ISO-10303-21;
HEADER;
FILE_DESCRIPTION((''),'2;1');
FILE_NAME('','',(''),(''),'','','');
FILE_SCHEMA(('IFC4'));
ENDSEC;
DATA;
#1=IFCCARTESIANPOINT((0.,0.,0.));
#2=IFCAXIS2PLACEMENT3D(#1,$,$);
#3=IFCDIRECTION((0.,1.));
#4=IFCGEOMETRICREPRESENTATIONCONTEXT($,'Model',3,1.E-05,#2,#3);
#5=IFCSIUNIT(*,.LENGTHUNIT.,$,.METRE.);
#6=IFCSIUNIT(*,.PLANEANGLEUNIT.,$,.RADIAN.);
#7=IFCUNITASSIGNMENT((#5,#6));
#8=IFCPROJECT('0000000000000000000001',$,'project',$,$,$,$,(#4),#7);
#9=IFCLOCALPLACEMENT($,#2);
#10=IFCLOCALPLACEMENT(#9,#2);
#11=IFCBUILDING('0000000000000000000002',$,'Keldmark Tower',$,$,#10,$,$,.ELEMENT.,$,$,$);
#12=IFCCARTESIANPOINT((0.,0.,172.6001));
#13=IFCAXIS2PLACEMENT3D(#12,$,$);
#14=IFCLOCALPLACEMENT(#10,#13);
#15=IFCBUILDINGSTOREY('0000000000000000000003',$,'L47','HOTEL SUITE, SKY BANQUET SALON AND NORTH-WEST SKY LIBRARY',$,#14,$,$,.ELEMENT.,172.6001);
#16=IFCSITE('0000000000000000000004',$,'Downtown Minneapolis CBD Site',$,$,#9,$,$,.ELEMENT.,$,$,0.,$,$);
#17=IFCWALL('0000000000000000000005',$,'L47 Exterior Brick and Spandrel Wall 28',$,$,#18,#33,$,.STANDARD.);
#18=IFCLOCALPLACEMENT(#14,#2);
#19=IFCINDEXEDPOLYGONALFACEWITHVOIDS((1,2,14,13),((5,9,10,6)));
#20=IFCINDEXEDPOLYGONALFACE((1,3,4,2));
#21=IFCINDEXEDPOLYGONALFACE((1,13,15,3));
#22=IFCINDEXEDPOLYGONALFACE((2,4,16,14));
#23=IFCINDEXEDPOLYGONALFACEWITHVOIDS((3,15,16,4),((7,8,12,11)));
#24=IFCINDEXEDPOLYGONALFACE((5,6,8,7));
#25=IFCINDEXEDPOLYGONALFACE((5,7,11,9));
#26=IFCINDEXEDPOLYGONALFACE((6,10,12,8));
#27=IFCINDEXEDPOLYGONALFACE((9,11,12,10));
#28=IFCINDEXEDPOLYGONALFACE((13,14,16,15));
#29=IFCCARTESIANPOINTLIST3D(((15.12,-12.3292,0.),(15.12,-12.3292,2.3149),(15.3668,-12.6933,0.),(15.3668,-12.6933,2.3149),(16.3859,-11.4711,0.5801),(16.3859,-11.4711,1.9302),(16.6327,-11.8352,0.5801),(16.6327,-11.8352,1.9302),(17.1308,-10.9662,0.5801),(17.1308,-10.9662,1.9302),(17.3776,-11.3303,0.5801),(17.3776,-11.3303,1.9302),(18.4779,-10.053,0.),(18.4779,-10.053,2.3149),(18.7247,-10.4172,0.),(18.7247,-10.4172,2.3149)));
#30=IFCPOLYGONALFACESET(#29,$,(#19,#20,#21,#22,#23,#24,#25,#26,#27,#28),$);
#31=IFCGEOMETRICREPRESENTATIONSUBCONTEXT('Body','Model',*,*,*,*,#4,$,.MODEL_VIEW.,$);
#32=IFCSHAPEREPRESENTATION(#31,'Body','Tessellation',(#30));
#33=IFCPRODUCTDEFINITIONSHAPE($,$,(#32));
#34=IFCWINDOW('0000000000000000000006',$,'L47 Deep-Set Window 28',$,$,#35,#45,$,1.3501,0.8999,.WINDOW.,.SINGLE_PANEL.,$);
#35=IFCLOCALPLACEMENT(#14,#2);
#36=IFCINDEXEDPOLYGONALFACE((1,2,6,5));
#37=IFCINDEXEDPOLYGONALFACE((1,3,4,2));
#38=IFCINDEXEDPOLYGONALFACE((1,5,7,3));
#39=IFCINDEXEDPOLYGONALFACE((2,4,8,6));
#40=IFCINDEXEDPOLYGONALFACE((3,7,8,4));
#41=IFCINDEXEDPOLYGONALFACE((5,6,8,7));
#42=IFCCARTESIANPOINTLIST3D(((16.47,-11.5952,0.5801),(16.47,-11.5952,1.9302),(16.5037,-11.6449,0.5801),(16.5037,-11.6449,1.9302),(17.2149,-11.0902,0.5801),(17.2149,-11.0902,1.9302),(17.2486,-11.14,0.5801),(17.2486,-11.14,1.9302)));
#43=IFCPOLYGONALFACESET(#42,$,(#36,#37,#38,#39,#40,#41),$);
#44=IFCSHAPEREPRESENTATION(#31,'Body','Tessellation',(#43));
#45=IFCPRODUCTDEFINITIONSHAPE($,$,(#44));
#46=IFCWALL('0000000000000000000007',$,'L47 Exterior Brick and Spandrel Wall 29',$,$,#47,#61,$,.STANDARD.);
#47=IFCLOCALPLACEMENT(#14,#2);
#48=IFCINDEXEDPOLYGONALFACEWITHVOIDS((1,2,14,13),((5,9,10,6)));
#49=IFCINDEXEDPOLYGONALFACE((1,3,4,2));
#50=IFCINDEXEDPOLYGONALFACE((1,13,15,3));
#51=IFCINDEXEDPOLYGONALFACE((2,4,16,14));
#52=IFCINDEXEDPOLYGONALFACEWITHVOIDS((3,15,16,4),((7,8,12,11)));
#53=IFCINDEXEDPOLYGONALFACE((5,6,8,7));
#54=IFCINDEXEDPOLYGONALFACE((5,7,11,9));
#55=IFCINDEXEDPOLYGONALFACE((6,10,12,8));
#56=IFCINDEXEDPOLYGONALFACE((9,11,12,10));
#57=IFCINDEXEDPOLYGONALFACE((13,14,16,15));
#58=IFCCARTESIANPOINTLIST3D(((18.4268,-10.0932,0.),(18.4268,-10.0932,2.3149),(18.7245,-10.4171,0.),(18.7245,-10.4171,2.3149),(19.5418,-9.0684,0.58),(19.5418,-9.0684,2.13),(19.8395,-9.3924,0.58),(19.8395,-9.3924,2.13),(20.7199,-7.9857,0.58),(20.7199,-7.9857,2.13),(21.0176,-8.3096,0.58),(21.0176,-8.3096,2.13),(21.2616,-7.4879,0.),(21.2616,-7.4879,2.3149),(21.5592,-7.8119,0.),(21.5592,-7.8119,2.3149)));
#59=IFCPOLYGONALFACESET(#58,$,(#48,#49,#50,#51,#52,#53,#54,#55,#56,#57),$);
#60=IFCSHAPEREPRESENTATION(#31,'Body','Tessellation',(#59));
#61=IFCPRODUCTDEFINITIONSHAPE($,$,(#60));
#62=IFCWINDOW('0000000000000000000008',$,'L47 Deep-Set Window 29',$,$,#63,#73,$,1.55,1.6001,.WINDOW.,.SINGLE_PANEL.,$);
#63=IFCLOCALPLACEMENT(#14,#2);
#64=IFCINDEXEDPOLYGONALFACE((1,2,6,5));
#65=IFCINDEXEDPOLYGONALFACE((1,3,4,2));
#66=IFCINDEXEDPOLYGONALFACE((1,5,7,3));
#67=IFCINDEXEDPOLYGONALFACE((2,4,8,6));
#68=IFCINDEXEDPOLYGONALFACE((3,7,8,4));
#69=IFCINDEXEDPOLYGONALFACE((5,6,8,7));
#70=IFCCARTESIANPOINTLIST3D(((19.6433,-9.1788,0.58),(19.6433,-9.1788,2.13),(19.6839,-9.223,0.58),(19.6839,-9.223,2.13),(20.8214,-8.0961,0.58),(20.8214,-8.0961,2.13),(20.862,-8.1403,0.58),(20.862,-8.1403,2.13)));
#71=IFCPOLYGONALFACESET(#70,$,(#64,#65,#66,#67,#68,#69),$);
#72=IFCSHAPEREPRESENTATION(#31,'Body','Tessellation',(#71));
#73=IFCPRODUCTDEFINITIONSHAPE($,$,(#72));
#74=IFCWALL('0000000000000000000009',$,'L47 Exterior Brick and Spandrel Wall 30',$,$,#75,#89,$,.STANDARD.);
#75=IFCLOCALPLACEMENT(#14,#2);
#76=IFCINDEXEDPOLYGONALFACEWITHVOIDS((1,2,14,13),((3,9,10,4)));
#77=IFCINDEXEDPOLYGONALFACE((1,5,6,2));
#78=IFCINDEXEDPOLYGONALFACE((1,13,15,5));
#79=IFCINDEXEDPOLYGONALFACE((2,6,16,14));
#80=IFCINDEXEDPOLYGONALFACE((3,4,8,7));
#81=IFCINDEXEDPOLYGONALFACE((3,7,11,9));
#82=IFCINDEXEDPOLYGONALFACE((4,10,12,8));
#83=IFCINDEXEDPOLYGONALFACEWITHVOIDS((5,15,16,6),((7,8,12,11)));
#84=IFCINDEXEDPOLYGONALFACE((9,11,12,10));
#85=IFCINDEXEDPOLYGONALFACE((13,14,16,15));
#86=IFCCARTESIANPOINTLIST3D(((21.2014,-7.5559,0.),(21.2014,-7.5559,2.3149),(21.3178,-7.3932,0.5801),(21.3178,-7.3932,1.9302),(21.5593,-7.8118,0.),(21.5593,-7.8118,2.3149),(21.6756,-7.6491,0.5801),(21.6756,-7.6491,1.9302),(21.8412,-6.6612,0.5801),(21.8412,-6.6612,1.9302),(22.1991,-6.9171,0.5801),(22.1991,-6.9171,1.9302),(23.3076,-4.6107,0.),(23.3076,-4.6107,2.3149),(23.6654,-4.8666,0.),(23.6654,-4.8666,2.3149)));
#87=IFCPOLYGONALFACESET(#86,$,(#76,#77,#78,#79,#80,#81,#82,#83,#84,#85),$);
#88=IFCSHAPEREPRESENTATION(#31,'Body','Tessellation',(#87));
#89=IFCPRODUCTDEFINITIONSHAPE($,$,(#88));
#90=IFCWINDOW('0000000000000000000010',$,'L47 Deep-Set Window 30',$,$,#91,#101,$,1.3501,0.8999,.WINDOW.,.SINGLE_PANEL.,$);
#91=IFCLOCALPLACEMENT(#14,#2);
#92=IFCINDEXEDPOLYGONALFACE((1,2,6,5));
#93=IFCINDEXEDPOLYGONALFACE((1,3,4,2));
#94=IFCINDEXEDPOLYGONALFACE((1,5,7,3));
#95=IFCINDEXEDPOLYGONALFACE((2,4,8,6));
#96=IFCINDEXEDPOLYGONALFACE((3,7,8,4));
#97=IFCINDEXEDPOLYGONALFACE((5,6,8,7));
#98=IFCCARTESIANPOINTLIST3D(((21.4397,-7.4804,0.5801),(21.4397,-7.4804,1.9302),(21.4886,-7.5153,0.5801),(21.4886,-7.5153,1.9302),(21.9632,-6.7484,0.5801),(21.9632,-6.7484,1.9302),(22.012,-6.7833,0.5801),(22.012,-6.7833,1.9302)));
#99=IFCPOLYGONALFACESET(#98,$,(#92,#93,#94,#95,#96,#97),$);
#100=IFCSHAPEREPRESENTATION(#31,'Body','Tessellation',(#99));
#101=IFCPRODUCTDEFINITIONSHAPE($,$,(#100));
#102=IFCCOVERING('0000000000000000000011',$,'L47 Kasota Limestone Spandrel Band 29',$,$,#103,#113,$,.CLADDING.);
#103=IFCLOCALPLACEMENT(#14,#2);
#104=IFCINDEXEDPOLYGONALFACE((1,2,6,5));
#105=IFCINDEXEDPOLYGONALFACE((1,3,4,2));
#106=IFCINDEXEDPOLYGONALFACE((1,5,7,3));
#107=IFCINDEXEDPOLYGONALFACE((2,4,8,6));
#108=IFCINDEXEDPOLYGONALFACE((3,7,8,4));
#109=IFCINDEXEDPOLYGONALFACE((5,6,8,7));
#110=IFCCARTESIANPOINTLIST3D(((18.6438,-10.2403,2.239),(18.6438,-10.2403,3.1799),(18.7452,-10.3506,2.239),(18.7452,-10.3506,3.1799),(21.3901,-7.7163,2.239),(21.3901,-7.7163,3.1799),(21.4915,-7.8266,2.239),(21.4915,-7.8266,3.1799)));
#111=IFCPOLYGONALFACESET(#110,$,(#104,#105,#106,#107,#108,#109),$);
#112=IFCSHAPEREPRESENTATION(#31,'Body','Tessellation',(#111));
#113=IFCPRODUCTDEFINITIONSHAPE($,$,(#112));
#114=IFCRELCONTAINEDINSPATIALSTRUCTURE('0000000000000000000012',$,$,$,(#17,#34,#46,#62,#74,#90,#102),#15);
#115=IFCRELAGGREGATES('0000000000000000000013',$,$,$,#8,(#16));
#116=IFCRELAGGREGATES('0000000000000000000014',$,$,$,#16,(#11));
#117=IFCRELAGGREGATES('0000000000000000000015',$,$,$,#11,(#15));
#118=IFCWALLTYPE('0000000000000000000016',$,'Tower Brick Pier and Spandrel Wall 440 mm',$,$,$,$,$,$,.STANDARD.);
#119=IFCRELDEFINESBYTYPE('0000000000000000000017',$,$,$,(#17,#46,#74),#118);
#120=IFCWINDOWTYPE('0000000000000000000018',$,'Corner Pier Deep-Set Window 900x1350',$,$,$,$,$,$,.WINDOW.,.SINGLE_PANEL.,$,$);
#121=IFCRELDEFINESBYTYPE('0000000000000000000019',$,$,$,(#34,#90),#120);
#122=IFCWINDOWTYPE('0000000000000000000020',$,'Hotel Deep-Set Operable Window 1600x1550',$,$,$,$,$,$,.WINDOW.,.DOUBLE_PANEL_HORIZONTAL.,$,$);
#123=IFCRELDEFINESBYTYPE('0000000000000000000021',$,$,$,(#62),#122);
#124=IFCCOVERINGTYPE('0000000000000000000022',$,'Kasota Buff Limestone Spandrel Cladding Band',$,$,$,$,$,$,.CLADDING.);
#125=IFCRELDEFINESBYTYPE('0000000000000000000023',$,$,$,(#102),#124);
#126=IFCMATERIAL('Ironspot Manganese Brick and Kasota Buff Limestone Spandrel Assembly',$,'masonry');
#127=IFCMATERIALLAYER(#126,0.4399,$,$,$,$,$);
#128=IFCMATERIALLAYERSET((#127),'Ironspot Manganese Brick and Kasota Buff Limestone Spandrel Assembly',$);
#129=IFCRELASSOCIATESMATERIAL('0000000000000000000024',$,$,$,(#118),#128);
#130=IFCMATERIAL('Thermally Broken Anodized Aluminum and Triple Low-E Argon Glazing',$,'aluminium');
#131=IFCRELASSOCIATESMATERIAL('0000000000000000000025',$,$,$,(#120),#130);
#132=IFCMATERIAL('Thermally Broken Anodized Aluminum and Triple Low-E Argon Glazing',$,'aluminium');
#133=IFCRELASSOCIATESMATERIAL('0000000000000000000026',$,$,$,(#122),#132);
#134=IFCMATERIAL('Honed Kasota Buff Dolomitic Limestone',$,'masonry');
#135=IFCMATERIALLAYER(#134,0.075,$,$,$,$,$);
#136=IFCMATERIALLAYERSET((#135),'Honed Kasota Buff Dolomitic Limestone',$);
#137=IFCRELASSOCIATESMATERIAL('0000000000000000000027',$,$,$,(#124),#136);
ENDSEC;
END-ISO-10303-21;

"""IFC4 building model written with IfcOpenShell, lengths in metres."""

from ifc_helpers import new_model, si_unit, direction, frame, frame_2d, origin, origin_2d, place, context, subcontext, project, spatial, rectangle, extrude, material, layer, layer_set, type_object, element, fill, save


model = new_model("IFC4")

# Units and contexts
model_context = context("Model", 3, precision=1e-05, world=origin(), true_north=direction((0.0, 1.0)))
body_context = subcontext(model_context, "Body", "Model", "MODEL_VIEW")
ifc_project = project(units=[si_unit("LENGTHUNIT", "METRE"), si_unit("PLANEANGLEUNIT", "RADIAN")], contexts=[model_context])

# Site, building, storey
site_placement = place(None, origin())
site = spatial("IfcSite", under=ifc_project, at=site_placement, Name="Downtown Minneapolis CBD Site", CompositionType="ELEMENT", RefElevation=0.0)
building_placement = place(site_placement, origin())
building = spatial("IfcBuilding", under=site, at=building_placement, Name="Keldmark Tower", CompositionType="ELEMENT")
storey_placement = place(building_placement, frame((0.0, 0.0, 172.6001)))
storey = spatial("IfcBuildingStorey", under=building, at=storey_placement, Name="L47", Description="HOTEL SUITE, SKY BANQUET SALON AND NORTH-WEST SKY LIBRARY", CompositionType="ELEMENT", Elevation=172.6001)

# Walls, openings, windows
ifc_material_1 = material(Name="Ironspot Manganese Brick and Kasota Buff Limestone Spandrel Assembly", Category="masonry")
ifc_layer_1 = layer(ifc_material_1, 0.4399)
ifc_layer_set_1 = layer_set([ifc_layer_1], Name="Ironspot Manganese Brick and Kasota Buff Limestone Spandrel Assembly")
wall_type = type_object("IfcWallType", Name="Tower Brick Pier and Spandrel Wall 440 mm", PredefinedType="STANDARD", material=ifc_layer_set_1)
wall_1_placement = place(storey_placement, frame((18.6013, -10.2351, 0.0), z_axis=(0.0, 0.0, 1.0), x_axis=(-0.827757, -0.561086, 0.0)))
wall_1 = element("IfcWall", 1, at=wall_1_placement, inside=storey, type_object=wall_type, Name="L47 Exterior Brick and Spandrel Wall 28", PredefinedType="STANDARD", context=body_context, shape_type="SweptSolid", body=[
    extrude(rectangle(XDim=4.0566, YDim=0.4399, at=frame_2d((2.0283, 0.0))), origin(), (0.0, 0.0, 1.0), 2.3149),
])
opening_1_placement = place(wall_1_placement, frame((1.6274, 0.0, 0.5801)))
opening_1 = element("IfcOpeningElement", 2, at=opening_1_placement, cuts=wall_1, PredefinedType="OPENING", context=body_context, shape_type="SweptSolid", body=[
    extrude(rectangle(XDim=0.8999, YDim=1.3501, at=frame_2d((0.45, 0.675))), frame((0.0, 0.23, 0.0), z_axis=(0.0, -1.0, 0.0), x_axis=(1.0, 0.0, 0.0)), (0.0, 0.0, 1.0), 0.46),
])
ifc_material_2 = material(Name="Thermally Broken Anodized Aluminum and Triple Low-E Argon Glazing", Category="aluminium")
window_type_1 = type_object("IfcWindowType", Name="Corner Pier Deep-Set Window 900x1350", PartitioningType="SINGLE_PANEL", PredefinedType="WINDOW", material=ifc_material_2)
window_1_placement = place(opening_1_placement, origin())
window_1 = element("IfcWindow", 3, at=window_1_placement, inside=storey, type_object=window_type_1, Name="L47 Deep-Set Window 28", OverallHeight=1.3501, OverallWidth=0.8999, PartitioningType="SINGLE_PANEL", PredefinedType="WINDOW", context=body_context, shape_type="SweptSolid", body=[
    extrude(rectangle(XDim=0.8999, YDim=1.3501, at=frame_2d((0.45, 0.675))), frame((0.0, -0.01, 0.0), z_axis=(0.0, -1.0, 0.0), x_axis=(1.0, 0.0, 0.0)), (0.0, 0.0, 1.0), 0.0601),
])
fill(opening_1, window_1)
wall_2_placement = place(storey_placement, frame((21.4104, -7.6499, 0.0), z_axis=(0.0, 0.0, 1.0), x_axis=(-0.736282, -0.676675, 0.0)))
wall_2 = element("IfcWall", 4, at=wall_2_placement, inside=storey, type_object=wall_type, Name="L47 Exterior Brick and Spandrel Wall 29", PredefinedType="STANDARD", context=body_context, shape_type="SweptSolid", body=[
    extrude(rectangle(XDim=3.8501, YDim=0.4399, at=frame_2d((1.925, 0.0))), origin(), (0.0, 0.0, 1.0), 2.3149),
])
opening_2_placement = place(wall_2_placement, frame((0.7356, 0.0, 0.5801)))
opening_2 = element("IfcOpeningElement", 5, at=opening_2_placement, cuts=wall_2, PredefinedType="OPENING", context=body_context, shape_type="SweptSolid", body=[
    extrude(rectangle(XDim=1.6001, YDim=1.55, at=frame_2d((0.8, 0.7749))), frame((0.0, 0.23, 0.0), z_axis=(0.0, -1.0, 0.0), x_axis=(1.0, 0.0, 0.0)), (0.0, 0.0, 1.0), 0.46),
])
ifc_material_3 = material(Name="Thermally Broken Anodized Aluminum and Triple Low-E Argon Glazing", Category="aluminium")
window_type_2 = type_object("IfcWindowType", Name="Hotel Deep-Set Operable Window 1600x1550", PartitioningType="DOUBLE_PANEL_HORIZONTAL", PredefinedType="WINDOW", material=ifc_material_3)
window_2_placement = place(opening_2_placement, origin())
window_2 = element("IfcWindow", 6, at=window_2_placement, inside=storey, type_object=window_type_2, Name="L47 Deep-Set Window 29", OverallHeight=1.55, OverallWidth=1.6001, PartitioningType="SINGLE_PANEL", PredefinedType="WINDOW", context=body_context, shape_type="SweptSolid", body=[
    extrude(rectangle(XDim=1.6001, YDim=1.55, at=frame_2d((0.8, 0.7749))), frame((0.0, -0.01, 0.0), z_axis=(0.0, -1.0, 0.0), x_axis=(1.0, 0.0, 0.0)), (0.0, 0.0, 1.0), 0.0601),
])
fill(opening_2, window_2)
wall_3_placement = place(storey_placement, frame((23.4866, -4.7385, 0.0), z_axis=(0.0, 0.0, 1.0), x_axis=(-0.581678, -0.813419, 0.0)))
wall_3 = element("IfcWall", 7, at=wall_3_placement, inside=storey, type_object=wall_type, Name="L47 Exterior Brick and Spandrel Wall 30", PredefinedType="STANDARD", context=body_context, shape_type="SweptSolid", body=[
    extrude(rectangle(XDim=3.6208, YDim=0.4399, at=frame_2d((1.8105, 0.0))), origin(), (0.0, 0.0, 1.0), 2.3149),
])
opening_3_placement = place(wall_3_placement, frame((2.521, 0.0, 0.5801)))
opening_3 = element("IfcOpeningElement", 8, at=opening_3_placement, cuts=wall_3, PredefinedType="OPENING", context=body_context, shape_type="SweptSolid", body=[
    extrude(rectangle(XDim=0.8999, YDim=1.3501, at=frame_2d((0.45, 0.675))), frame((0.0, 0.23, 0.0), z_axis=(0.0, -1.0, 0.0), x_axis=(1.0, 0.0, 0.0)), (0.0, 0.0, 1.0), 0.46),
])
window_3_placement = place(opening_3_placement, origin())
window_3 = element("IfcWindow", 9, at=window_3_placement, inside=storey, type_object=window_type_1, Name="L47 Deep-Set Window 30", OverallHeight=1.3501, OverallWidth=0.8999, PartitioningType="SINGLE_PANEL", PredefinedType="WINDOW", context=body_context, shape_type="SweptSolid", body=[
    extrude(rectangle(XDim=0.8999, YDim=1.3501, at=frame_2d((0.45, 0.675))), frame((0.0, -0.01, 0.0), z_axis=(0.0, -1.0, 0.0), x_axis=(1.0, 0.0, 0.0)), (0.0, 0.0, 1.0), 0.0601),
])
fill(opening_3, window_3)

# Covering
ifc_material_4 = material(Name="Honed Kasota Buff Dolomitic Limestone", Category="masonry")
ifc_layer_2 = layer(ifc_material_4, 0.075)
ifc_layer_set_2 = layer_set([ifc_layer_2], Name="Honed Kasota Buff Dolomitic Limestone")
covering_type = type_object("IfcCoveringType", Name="Kasota Buff Limestone Spandrel Cladding Band", PredefinedType="CLADDING", material=ifc_layer_set_2)
covering_placement = place(storey_placement, frame((20.0676, -9.0334, 2.239), z_axis=(0.0, 0.0, 1.0), x_axis=(0.736274, 0.676683, 0.0)))
element("IfcCovering", 10, at=covering_placement, inside=storey, type_object=covering_type, Name="L47 Kasota Limestone Spandrel Band 29", PredefinedType="CLADDING", context=body_context, shape_type="SweptSolid", body=[
    extrude(rectangle(XDim=3.73, YDim=0.1499, at=origin_2d()), origin(), (0.0, 0.0, 1.0), 0.9409),
])

save(model, "model.ifc")
